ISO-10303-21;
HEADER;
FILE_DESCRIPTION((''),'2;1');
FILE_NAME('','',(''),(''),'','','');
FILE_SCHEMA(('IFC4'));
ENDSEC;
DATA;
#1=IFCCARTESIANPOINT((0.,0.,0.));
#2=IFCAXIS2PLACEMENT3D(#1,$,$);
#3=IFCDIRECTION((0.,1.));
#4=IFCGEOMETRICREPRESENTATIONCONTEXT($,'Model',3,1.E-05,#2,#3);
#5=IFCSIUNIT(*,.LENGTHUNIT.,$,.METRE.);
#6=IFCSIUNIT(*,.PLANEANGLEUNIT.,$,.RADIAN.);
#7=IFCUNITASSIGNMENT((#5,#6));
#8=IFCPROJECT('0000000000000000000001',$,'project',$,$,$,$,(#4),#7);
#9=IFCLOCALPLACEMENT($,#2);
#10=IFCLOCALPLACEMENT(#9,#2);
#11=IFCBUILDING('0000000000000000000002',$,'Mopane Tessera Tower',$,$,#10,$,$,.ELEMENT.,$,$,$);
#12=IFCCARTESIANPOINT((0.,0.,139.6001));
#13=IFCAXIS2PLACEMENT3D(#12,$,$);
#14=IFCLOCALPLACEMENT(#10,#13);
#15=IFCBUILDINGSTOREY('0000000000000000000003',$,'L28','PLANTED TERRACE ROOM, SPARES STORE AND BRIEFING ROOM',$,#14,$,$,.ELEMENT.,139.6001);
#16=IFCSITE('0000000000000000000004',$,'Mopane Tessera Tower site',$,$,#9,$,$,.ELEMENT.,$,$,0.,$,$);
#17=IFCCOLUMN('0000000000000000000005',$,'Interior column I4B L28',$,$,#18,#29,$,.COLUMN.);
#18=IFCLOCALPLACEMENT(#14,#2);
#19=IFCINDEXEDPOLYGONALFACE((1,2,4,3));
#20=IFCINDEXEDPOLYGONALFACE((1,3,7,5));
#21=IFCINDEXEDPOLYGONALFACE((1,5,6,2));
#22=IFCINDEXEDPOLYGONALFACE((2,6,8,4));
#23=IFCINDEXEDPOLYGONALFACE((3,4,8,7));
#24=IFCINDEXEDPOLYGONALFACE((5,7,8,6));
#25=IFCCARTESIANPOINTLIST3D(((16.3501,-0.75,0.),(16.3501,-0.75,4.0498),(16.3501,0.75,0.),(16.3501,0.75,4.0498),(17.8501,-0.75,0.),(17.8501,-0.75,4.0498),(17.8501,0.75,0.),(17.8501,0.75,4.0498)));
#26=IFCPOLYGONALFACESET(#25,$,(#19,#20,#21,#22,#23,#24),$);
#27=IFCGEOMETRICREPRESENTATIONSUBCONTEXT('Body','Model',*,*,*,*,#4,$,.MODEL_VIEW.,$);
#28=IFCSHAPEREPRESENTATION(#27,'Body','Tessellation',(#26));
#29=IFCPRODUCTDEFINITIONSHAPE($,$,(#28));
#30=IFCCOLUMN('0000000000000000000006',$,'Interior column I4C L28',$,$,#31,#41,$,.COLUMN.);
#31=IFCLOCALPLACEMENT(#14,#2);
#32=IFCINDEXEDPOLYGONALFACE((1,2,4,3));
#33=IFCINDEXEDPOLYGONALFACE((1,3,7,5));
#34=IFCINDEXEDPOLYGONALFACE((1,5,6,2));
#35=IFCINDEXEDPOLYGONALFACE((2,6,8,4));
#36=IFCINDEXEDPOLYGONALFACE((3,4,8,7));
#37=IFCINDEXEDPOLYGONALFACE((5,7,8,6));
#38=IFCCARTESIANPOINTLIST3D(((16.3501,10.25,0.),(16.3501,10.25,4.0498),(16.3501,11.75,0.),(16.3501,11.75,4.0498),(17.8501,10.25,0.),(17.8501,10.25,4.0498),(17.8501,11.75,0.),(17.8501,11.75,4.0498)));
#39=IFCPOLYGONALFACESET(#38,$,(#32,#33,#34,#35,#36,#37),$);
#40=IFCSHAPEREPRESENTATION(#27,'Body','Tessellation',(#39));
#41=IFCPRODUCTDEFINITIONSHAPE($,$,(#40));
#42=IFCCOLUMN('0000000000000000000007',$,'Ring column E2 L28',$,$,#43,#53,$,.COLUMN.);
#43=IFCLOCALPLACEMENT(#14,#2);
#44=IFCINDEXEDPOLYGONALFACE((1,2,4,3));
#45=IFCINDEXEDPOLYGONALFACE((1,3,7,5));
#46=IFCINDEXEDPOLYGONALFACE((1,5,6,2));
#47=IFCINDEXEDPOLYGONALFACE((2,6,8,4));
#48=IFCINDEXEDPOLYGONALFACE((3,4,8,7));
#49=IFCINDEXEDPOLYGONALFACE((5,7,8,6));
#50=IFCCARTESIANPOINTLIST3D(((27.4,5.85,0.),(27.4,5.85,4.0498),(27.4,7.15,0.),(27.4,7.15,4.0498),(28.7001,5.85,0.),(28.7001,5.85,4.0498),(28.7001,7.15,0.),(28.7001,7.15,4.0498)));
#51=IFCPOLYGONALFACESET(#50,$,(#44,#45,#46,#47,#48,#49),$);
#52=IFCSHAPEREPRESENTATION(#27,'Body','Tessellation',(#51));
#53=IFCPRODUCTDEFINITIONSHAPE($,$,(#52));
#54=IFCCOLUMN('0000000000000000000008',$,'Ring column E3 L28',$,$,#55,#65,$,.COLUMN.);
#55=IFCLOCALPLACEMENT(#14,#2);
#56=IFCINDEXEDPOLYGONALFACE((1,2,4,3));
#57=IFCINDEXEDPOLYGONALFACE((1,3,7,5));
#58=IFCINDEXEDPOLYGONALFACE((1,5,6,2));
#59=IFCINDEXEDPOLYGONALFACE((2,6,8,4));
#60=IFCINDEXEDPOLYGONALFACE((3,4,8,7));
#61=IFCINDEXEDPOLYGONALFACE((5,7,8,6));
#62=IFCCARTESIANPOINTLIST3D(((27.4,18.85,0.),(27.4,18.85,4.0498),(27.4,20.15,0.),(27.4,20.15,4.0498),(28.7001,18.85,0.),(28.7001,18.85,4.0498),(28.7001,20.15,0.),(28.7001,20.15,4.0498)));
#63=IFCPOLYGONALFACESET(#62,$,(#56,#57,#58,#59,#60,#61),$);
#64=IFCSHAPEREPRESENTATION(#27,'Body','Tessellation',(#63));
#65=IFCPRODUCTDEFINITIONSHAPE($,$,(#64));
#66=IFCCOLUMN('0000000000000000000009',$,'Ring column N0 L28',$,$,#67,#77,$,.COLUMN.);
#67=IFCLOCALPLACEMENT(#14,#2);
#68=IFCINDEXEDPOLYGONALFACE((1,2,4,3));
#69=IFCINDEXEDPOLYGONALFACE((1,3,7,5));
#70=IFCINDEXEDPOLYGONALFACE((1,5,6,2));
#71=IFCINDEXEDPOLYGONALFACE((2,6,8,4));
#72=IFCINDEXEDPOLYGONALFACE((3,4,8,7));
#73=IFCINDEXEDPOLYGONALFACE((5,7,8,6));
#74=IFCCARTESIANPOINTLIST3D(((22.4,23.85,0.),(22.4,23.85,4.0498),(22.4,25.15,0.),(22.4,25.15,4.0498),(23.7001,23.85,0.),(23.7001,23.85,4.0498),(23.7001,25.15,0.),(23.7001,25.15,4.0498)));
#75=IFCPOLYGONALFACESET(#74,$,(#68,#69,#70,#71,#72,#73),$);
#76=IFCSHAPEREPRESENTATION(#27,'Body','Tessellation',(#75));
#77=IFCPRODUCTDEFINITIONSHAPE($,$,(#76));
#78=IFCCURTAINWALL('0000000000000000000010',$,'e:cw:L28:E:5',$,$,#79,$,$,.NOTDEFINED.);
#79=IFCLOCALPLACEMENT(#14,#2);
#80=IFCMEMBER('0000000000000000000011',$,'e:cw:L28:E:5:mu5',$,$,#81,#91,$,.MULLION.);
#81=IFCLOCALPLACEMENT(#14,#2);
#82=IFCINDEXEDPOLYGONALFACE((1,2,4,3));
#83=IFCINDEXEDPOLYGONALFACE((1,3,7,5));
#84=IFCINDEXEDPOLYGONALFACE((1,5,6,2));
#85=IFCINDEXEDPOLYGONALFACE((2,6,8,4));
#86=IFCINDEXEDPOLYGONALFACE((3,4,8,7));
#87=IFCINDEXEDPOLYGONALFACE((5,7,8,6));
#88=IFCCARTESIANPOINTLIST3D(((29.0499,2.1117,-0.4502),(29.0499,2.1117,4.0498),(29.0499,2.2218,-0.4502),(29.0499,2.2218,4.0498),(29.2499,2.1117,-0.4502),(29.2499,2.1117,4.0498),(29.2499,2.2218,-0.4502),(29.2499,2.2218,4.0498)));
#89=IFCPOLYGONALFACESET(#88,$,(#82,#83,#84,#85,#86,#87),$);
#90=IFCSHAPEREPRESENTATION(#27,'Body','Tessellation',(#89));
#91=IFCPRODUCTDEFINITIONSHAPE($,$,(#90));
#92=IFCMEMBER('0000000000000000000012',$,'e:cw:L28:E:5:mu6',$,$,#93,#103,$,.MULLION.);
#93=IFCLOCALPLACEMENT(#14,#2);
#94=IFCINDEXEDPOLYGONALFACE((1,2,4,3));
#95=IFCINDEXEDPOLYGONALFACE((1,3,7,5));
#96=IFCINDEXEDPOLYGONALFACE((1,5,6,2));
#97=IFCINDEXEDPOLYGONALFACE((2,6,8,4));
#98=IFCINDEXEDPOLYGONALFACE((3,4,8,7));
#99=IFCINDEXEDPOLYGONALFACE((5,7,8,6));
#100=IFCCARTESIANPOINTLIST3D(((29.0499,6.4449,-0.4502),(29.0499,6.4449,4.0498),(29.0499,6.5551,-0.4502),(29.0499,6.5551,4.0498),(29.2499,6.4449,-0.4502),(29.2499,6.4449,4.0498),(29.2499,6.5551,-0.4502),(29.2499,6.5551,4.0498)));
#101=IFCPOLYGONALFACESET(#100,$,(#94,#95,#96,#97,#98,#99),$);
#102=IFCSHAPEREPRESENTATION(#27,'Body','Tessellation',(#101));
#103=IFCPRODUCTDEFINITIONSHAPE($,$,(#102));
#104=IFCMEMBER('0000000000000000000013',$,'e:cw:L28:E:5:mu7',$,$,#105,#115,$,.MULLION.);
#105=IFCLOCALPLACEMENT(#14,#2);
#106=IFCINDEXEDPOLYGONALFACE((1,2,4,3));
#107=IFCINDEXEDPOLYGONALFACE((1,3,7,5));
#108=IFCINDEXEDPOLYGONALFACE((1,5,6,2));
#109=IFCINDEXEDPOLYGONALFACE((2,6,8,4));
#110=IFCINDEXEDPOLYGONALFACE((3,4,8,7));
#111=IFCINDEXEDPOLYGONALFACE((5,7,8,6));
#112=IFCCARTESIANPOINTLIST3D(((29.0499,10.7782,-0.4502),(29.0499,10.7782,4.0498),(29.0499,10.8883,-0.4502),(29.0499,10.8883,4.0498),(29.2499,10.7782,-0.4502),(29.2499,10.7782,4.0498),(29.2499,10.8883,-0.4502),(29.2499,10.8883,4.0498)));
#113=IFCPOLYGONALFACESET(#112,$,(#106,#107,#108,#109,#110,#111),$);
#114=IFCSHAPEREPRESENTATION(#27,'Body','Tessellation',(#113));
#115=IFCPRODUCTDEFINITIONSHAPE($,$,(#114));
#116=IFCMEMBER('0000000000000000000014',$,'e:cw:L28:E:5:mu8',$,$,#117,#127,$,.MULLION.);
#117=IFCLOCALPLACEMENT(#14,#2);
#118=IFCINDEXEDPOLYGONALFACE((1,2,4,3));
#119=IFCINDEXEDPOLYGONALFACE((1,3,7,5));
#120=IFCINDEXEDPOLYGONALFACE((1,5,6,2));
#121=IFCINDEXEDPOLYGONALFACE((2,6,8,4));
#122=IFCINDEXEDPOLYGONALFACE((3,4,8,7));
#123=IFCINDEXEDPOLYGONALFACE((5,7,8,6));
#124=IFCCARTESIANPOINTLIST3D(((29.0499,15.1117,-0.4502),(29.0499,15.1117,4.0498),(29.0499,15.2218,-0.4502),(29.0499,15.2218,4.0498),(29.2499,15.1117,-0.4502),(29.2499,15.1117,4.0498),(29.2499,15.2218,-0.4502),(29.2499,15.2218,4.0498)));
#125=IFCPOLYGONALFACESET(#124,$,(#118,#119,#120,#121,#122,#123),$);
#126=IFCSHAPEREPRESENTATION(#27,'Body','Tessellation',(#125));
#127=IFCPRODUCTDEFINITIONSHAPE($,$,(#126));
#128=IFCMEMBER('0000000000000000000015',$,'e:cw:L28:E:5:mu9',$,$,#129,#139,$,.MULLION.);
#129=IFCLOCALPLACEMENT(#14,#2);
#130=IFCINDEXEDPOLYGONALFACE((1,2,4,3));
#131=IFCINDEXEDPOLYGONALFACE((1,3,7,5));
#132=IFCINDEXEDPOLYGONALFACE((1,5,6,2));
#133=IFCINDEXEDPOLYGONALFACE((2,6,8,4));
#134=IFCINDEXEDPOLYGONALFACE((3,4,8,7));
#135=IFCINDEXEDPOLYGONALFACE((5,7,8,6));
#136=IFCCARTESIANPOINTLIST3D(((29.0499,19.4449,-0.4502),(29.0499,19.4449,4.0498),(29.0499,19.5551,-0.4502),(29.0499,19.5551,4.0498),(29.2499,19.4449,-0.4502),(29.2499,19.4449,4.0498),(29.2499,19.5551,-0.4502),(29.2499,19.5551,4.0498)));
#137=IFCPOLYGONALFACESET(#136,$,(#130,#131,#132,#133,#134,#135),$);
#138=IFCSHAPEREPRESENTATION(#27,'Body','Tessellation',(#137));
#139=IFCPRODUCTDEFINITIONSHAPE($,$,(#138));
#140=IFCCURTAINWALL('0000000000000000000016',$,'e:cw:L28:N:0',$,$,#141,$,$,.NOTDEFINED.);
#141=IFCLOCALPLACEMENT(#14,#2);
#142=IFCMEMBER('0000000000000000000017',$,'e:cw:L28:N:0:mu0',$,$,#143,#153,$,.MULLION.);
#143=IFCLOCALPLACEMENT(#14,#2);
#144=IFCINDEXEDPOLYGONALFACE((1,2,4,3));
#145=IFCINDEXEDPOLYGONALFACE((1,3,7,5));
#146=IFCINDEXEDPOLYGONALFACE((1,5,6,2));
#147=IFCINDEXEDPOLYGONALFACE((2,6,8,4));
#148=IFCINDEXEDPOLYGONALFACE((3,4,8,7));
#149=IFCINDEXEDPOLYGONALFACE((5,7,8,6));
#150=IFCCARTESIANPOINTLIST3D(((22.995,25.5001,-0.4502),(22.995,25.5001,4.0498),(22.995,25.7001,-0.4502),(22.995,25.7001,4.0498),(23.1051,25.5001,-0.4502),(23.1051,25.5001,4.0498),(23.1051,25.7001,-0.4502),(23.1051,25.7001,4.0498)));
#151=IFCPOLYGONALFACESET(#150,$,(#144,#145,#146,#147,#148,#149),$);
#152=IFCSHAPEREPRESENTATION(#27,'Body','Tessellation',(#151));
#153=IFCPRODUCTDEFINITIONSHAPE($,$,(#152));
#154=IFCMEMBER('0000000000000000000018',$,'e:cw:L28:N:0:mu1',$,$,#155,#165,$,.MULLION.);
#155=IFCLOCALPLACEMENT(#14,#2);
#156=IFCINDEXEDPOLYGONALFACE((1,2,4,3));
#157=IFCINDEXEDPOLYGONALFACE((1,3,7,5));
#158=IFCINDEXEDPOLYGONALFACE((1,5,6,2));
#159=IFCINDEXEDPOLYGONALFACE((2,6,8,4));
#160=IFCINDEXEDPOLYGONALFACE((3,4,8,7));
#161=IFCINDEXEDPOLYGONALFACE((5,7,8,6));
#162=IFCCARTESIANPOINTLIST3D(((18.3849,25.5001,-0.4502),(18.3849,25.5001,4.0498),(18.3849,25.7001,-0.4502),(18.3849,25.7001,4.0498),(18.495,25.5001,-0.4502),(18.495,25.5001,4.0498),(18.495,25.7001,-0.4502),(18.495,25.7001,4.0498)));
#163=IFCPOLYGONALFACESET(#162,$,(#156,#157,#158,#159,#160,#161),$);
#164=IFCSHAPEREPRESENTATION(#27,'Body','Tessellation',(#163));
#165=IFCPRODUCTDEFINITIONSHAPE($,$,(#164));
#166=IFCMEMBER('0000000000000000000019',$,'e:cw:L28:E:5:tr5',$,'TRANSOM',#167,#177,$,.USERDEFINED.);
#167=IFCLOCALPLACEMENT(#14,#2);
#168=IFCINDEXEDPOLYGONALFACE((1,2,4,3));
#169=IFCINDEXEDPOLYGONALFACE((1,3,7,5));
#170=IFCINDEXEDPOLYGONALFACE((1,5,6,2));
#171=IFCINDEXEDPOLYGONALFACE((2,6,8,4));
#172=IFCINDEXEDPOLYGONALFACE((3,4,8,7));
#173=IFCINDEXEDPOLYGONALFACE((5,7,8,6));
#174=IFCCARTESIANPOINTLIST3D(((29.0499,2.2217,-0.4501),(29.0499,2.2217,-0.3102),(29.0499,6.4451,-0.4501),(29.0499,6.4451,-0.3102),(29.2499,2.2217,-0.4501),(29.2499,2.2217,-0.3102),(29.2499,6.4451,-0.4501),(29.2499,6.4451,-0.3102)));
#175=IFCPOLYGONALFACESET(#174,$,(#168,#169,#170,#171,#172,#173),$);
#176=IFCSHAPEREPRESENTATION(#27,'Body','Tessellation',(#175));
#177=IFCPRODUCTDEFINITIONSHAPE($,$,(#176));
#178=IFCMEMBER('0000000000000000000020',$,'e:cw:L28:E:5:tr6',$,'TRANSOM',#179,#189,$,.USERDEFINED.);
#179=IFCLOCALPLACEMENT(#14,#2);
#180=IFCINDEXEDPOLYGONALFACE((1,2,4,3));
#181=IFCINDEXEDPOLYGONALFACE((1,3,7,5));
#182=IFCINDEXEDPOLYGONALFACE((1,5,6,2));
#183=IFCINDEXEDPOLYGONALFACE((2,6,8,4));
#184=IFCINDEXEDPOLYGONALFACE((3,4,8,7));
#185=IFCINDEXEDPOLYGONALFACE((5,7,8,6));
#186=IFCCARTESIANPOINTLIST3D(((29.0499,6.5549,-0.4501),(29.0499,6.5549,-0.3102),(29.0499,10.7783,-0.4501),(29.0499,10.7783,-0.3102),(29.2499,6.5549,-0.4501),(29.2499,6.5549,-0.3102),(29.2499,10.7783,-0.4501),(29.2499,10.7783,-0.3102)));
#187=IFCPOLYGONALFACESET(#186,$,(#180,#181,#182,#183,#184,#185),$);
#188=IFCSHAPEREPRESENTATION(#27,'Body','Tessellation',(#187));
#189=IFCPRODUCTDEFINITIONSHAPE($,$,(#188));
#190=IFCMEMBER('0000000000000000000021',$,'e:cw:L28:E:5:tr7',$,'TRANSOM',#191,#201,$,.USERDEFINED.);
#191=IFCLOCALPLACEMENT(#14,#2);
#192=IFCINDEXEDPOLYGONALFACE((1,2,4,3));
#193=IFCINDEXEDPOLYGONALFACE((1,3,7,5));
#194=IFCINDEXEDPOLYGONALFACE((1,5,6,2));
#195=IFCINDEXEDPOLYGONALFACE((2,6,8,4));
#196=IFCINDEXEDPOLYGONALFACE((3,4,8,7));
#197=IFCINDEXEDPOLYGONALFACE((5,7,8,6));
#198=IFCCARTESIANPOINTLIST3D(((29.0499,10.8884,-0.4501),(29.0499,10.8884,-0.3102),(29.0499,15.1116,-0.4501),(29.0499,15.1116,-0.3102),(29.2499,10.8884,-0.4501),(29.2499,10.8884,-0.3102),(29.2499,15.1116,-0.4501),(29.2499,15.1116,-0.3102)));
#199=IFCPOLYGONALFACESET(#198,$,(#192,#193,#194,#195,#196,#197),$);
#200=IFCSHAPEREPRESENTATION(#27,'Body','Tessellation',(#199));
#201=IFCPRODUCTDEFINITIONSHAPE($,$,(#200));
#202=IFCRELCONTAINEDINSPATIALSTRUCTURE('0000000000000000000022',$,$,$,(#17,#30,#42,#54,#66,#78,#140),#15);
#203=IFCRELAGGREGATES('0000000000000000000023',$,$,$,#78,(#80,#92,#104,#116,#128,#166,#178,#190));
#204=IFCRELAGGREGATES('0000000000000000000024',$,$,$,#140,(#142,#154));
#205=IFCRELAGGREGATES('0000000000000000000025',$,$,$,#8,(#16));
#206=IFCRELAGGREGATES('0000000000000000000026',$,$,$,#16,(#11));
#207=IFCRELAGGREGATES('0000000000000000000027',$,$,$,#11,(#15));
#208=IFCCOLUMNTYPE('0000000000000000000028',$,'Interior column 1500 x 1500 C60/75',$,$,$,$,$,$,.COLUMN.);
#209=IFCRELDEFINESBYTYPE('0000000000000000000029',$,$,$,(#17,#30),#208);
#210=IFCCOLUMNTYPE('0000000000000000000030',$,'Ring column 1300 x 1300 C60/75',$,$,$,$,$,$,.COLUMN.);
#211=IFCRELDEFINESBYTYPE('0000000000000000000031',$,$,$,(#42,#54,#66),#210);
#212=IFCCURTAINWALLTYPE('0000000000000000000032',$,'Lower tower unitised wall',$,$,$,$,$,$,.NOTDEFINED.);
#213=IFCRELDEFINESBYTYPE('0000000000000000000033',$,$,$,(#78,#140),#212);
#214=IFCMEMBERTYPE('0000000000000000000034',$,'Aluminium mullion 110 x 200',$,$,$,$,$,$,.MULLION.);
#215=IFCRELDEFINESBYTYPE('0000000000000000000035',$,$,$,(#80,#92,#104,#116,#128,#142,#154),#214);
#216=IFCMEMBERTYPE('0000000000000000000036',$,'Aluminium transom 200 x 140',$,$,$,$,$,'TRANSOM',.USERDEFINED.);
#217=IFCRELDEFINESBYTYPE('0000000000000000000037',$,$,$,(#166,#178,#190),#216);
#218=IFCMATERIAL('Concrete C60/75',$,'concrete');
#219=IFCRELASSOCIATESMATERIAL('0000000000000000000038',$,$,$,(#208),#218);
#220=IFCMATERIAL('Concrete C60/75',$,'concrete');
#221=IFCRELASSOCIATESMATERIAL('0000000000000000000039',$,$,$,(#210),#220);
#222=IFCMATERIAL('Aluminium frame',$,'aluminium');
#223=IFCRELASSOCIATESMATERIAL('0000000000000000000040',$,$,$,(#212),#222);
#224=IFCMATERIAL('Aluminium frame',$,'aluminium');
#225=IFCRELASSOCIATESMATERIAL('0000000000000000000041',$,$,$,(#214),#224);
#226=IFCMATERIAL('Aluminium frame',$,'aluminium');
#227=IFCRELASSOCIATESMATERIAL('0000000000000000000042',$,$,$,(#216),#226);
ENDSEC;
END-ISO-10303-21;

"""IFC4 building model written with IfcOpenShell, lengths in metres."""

from ifc_helpers import new_model, si_unit, direction, frame, origin, origin_2d, place, context, subcontext, project, spatial, rectangle, extrude, material, material_profile, profile_set, type_object, element, aggregate, save


model = new_model("IFC4")

# Units and contexts
model_context = context("Model", 3, precision=1e-05, world=origin(), true_north=direction((0.0, 1.0)))
body_context = subcontext(model_context, "Body", "Model", "MODEL_VIEW")
ifc_project = project(units=[si_unit("LENGTHUNIT", "METRE"), si_unit("PLANEANGLEUNIT", "RADIAN")], contexts=[model_context])

# Site, building, storey
site_placement = place(None, origin())
site = spatial("IfcSite", under=ifc_project, at=site_placement, Name="Mopane Tessera Tower site", CompositionType="ELEMENT", RefElevation=0.0)
building_placement = place(site_placement, origin())
building = spatial("IfcBuilding", under=site, at=building_placement, Name="Mopane Tessera Tower", CompositionType="ELEMENT")
storey_placement = place(building_placement, frame((0.0, 0.0, 139.6001)))
storey = spatial("IfcBuildingStorey", under=building, at=storey_placement, Name="L28", Description="PLANTED TERRACE ROOM, SPARES STORE AND BRIEFING ROOM", CompositionType="ELEMENT", Elevation=139.6001)

# Columns
ifc_material_1 = material(Name="Concrete C60/75", Category="concrete")
ifc_material_profile_1 = material_profile(ifc_material_1, rectangle(XDim=1.5, YDim=1.5, at=origin_2d()))
ifc_profile_set_1 = profile_set([ifc_material_profile_1], Name="Concrete C60/75")
column_type_1 = type_object("IfcColumnType", Name="Interior column 1500 x 1500 C60/75", PredefinedType="COLUMN", material=ifc_profile_set_1)
for number, where, z_axis, x_axis, name in (
    (1, (17.1001, 0.0, 0.0), (0.0, 0.0, 1.0), (1.0, 0.0, 0.0), "Interior column I4B L28"),
    (2, (17.1001, 11.0, 0.0), (0.0, 0.0, 1.0), (1.0, 0.0, 0.0), "Interior column I4C L28"),
):
    element("IfcColumn", number, at=place(storey_placement, frame(where, z_axis=z_axis, x_axis=x_axis)), inside=storey, type_object=column_type_1, Name=name, PredefinedType="COLUMN", context=body_context, shape_type="SweptSolid", body=[
        extrude(rectangle(XDim=1.5, YDim=1.5, at=origin_2d()), origin(), (0.0, 0.0, 1.0), 4.0498),
    ])
ifc_material_2 = material(Name="Concrete C60/75", Category="concrete")
ifc_material_profile_2 = material_profile(ifc_material_2, rectangle(XDim=1.3, YDim=1.3, at=origin_2d()))
ifc_profile_set_2 = profile_set([ifc_material_profile_2], Name="Concrete C60/75")
column_type_2 = type_object("IfcColumnType", Name="Ring column 1300 x 1300 C60/75", PredefinedType="COLUMN", material=ifc_profile_set_2)
for number, where, z_axis, x_axis, name in (
    (3, (28.05, 6.5, 0.0), (0.0, 0.0, 1.0), (1.0, 0.0, 0.0), "Ring column E2 L28"),
    (4, (28.05, 19.5, 0.0), (0.0, 0.0, 1.0), (1.0, 0.0, 0.0), "Ring column E3 L28"),
    (5, (23.05, 24.5, 0.0), (0.0, 0.0, 1.0), (1.0, 0.0, 0.0), "Ring column N0 L28"),
):
    element("IfcColumn", number, at=place(storey_placement, frame(where, z_axis=z_axis, x_axis=x_axis)), inside=storey, type_object=column_type_2, Name=name, PredefinedType="COLUMN", context=body_context, shape_type="SweptSolid", body=[
        extrude(rectangle(XDim=1.3, YDim=1.3, at=origin_2d()), origin(), (0.0, 0.0, 1.0), 4.0498),
    ])

# Curtain walls, members
ifc_material_3 = material(Name="Aluminium frame", Category="aluminium")
curtain_wall_type = type_object("IfcCurtainWallType", Name="Lower tower unitised wall", PredefinedType="NOTDEFINED", material=ifc_material_3)
curtain_wall_1_placement = place(storey_placement, origin())
curtain_wall_1 = element("IfcCurtainWall", 6, at=curtain_wall_1_placement, inside=storey, type_object=curtain_wall_type, Name="e:cw:L28:E:5", PredefinedType="NOTDEFINED")
ifc_material_4 = material(Name="Aluminium frame", Category="aluminium")
ifc_material_profile_3 = material_profile(ifc_material_4, rectangle(XDim=0.1101, YDim=0.2, at=origin_2d()))
ifc_profile_set_3 = profile_set([ifc_material_profile_3], Name="Aluminium frame")
member_type_1 = type_object("IfcMemberType", Name="Aluminium mullion 110 x 200", PredefinedType="MULLION", material=ifc_profile_set_3)
member_1_placement = place(storey_placement, frame((29.1499, 2.1667, -0.4502), z_axis=(0.0, 0.0, 1.0), x_axis=(0.0, 1.0, 0.0)))
member_1 = element("IfcMember", 7, at=member_1_placement, type_object=member_type_1, Name="e:cw:L28:E:5:mu5", PredefinedType="MULLION", context=body_context, shape_type="SweptSolid", body=[
    extrude(rectangle(XDim=0.1101, YDim=0.2, at=origin_2d()), origin(), (0.0, 0.0, 1.0), 4.5),
])
member_2_placement = place(storey_placement, frame((29.1499, 6.5, -0.4502), z_axis=(0.0, 0.0, 1.0), x_axis=(0.0, 1.0, 0.0)))
member_2 = element("IfcMember", 8, at=member_2_placement, type_object=member_type_1, Name="e:cw:L28:E:5:mu6", PredefinedType="MULLION", context=body_context, shape_type="SweptSolid", body=[
    extrude(rectangle(XDim=0.1101, YDim=0.2, at=origin_2d()), origin(), (0.0, 0.0, 1.0), 4.5),
])
member_3_placement = place(storey_placement, frame((29.1499, 10.8333, -0.4502), z_axis=(0.0, 0.0, 1.0), x_axis=(0.0, 1.0, 0.0)))
member_3 = element("IfcMember", 9, at=member_3_placement, type_object=member_type_1, Name="e:cw:L28:E:5:mu7", PredefinedType="MULLION", context=body_context, shape_type="SweptSolid", body=[
    extrude(rectangle(XDim=0.1101, YDim=0.2, at=origin_2d()), origin(), (0.0, 0.0, 1.0), 4.5),
])
member_4_placement = place(storey_placement, frame((29.1499, 15.1667, -0.4502), z_axis=(0.0, 0.0, 1.0), x_axis=(0.0, 1.0, 0.0)))
member_4 = element("IfcMember", 10, at=member_4_placement, type_object=member_type_1, Name="e:cw:L28:E:5:mu8", PredefinedType="MULLION", context=body_context, shape_type="SweptSolid", body=[
    extrude(rectangle(XDim=0.1101, YDim=0.2, at=origin_2d()), origin(), (0.0, 0.0, 1.0), 4.5),
])
member_5_placement = place(storey_placement, frame((29.1499, 19.5, -0.4502), z_axis=(0.0, 0.0, 1.0), x_axis=(0.0, 1.0, 0.0)))
member_5 = element("IfcMember", 11, at=member_5_placement, type_object=member_type_1, Name="e:cw:L28:E:5:mu9", PredefinedType="MULLION", context=body_context, shape_type="SweptSolid", body=[
    extrude(rectangle(XDim=0.1101, YDim=0.2, at=origin_2d()), origin(), (0.0, 0.0, 1.0), 4.5),
])
curtain_wall_2_placement = place(storey_placement, origin())
curtain_wall_2 = element("IfcCurtainWall", 12, at=curtain_wall_2_placement, inside=storey, type_object=curtain_wall_type, Name="e:cw:L28:N:0", PredefinedType="NOTDEFINED")
member_6_placement = place(storey_placement, frame((23.05, 25.6001, -0.4502), z_axis=(0.0, 0.0, 1.0), x_axis=(-1.0, 0.0, 0.0)))
member_6 = element("IfcMember", 13, at=member_6_placement, type_object=member_type_1, Name="e:cw:L28:N:0:mu0", PredefinedType="MULLION", context=body_context, shape_type="SweptSolid", body=[
    extrude(rectangle(XDim=0.1101, YDim=0.2, at=origin_2d()), origin(), (0.0, 0.0, 1.0), 4.5),
])
member_7_placement = place(storey_placement, frame((18.4399, 25.6001, -0.4502), z_axis=(0.0, 0.0, 1.0), x_axis=(-1.0, 0.0, 0.0)))
member_7 = element("IfcMember", 14, at=member_7_placement, type_object=member_type_1, Name="e:cw:L28:N:0:mu1", PredefinedType="MULLION", context=body_context, shape_type="SweptSolid", body=[
    extrude(rectangle(XDim=0.1101, YDim=0.2, at=origin_2d()), origin(), (0.0, 0.0, 1.0), 4.5),
])

# Members
ifc_material_5 = material(Name="Aluminium frame", Category="aluminium")
ifc_material_profile_4 = material_profile(ifc_material_5, rectangle(XDim=0.2, YDim=0.1399, at=origin_2d()))
ifc_profile_set_4 = profile_set([ifc_material_profile_4], Name="Aluminium frame")
member_type_2 = type_object("IfcMemberType", Name="Aluminium transom 200 x 140", ElementType="TRANSOM", PredefinedType="USERDEFINED", material=ifc_profile_set_4)
member_8_placement = place(storey_placement, frame((29.1499, 2.2217, -0.3801), z_axis=(0.0, 1.0, 0.0), x_axis=(-1.0, 0.0, 0.0)))
member_8 = element("IfcMember", 15, at=member_8_placement, type_object=member_type_2, Name="e:cw:L28:E:5:tr5", ObjectType="TRANSOM", PredefinedType="USERDEFINED", context=body_context, shape_type="SweptSolid", body=[
    extrude(rectangle(XDim=0.2, YDim=0.1399, at=origin_2d()), origin(), (0.0, 0.0, 1.0), 4.2234),
])
member_9_placement = place(storey_placement, frame((29.1499, 6.5549, -0.3801), z_axis=(0.0, 1.0, 0.0), x_axis=(-1.0, 0.0, 0.0)))
member_9 = element("IfcMember", 16, at=member_9_placement, type_object=member_type_2, Name="e:cw:L28:E:5:tr6", ObjectType="TRANSOM", PredefinedType="USERDEFINED", context=body_context, shape_type="SweptSolid", body=[
    extrude(rectangle(XDim=0.2, YDim=0.1399, at=origin_2d()), origin(), (0.0, 0.0, 1.0), 4.2234),
])
member_10_placement = place(storey_placement, frame((29.1499, 10.8884, -0.3801), z_axis=(0.0, 1.0, 0.0), x_axis=(-1.0, 0.0, 0.0)))
member_10 = element("IfcMember", 17, at=member_10_placement, type_object=member_type_2, Name="e:cw:L28:E:5:tr7", ObjectType="TRANSOM", PredefinedType="USERDEFINED", context=body_context, shape_type="SweptSolid", body=[
    extrude(rectangle(XDim=0.2, YDim=0.1399, at=origin_2d()), origin(), (0.0, 0.0, 1.0), 4.2231),
])

aggregate(curtain_wall_1, [member_1, member_2, member_3, member_4, member_5, member_8, member_9, member_10])
aggregate(curtain_wall_2, [member_6, member_7])

save(model, "model.ifc")
